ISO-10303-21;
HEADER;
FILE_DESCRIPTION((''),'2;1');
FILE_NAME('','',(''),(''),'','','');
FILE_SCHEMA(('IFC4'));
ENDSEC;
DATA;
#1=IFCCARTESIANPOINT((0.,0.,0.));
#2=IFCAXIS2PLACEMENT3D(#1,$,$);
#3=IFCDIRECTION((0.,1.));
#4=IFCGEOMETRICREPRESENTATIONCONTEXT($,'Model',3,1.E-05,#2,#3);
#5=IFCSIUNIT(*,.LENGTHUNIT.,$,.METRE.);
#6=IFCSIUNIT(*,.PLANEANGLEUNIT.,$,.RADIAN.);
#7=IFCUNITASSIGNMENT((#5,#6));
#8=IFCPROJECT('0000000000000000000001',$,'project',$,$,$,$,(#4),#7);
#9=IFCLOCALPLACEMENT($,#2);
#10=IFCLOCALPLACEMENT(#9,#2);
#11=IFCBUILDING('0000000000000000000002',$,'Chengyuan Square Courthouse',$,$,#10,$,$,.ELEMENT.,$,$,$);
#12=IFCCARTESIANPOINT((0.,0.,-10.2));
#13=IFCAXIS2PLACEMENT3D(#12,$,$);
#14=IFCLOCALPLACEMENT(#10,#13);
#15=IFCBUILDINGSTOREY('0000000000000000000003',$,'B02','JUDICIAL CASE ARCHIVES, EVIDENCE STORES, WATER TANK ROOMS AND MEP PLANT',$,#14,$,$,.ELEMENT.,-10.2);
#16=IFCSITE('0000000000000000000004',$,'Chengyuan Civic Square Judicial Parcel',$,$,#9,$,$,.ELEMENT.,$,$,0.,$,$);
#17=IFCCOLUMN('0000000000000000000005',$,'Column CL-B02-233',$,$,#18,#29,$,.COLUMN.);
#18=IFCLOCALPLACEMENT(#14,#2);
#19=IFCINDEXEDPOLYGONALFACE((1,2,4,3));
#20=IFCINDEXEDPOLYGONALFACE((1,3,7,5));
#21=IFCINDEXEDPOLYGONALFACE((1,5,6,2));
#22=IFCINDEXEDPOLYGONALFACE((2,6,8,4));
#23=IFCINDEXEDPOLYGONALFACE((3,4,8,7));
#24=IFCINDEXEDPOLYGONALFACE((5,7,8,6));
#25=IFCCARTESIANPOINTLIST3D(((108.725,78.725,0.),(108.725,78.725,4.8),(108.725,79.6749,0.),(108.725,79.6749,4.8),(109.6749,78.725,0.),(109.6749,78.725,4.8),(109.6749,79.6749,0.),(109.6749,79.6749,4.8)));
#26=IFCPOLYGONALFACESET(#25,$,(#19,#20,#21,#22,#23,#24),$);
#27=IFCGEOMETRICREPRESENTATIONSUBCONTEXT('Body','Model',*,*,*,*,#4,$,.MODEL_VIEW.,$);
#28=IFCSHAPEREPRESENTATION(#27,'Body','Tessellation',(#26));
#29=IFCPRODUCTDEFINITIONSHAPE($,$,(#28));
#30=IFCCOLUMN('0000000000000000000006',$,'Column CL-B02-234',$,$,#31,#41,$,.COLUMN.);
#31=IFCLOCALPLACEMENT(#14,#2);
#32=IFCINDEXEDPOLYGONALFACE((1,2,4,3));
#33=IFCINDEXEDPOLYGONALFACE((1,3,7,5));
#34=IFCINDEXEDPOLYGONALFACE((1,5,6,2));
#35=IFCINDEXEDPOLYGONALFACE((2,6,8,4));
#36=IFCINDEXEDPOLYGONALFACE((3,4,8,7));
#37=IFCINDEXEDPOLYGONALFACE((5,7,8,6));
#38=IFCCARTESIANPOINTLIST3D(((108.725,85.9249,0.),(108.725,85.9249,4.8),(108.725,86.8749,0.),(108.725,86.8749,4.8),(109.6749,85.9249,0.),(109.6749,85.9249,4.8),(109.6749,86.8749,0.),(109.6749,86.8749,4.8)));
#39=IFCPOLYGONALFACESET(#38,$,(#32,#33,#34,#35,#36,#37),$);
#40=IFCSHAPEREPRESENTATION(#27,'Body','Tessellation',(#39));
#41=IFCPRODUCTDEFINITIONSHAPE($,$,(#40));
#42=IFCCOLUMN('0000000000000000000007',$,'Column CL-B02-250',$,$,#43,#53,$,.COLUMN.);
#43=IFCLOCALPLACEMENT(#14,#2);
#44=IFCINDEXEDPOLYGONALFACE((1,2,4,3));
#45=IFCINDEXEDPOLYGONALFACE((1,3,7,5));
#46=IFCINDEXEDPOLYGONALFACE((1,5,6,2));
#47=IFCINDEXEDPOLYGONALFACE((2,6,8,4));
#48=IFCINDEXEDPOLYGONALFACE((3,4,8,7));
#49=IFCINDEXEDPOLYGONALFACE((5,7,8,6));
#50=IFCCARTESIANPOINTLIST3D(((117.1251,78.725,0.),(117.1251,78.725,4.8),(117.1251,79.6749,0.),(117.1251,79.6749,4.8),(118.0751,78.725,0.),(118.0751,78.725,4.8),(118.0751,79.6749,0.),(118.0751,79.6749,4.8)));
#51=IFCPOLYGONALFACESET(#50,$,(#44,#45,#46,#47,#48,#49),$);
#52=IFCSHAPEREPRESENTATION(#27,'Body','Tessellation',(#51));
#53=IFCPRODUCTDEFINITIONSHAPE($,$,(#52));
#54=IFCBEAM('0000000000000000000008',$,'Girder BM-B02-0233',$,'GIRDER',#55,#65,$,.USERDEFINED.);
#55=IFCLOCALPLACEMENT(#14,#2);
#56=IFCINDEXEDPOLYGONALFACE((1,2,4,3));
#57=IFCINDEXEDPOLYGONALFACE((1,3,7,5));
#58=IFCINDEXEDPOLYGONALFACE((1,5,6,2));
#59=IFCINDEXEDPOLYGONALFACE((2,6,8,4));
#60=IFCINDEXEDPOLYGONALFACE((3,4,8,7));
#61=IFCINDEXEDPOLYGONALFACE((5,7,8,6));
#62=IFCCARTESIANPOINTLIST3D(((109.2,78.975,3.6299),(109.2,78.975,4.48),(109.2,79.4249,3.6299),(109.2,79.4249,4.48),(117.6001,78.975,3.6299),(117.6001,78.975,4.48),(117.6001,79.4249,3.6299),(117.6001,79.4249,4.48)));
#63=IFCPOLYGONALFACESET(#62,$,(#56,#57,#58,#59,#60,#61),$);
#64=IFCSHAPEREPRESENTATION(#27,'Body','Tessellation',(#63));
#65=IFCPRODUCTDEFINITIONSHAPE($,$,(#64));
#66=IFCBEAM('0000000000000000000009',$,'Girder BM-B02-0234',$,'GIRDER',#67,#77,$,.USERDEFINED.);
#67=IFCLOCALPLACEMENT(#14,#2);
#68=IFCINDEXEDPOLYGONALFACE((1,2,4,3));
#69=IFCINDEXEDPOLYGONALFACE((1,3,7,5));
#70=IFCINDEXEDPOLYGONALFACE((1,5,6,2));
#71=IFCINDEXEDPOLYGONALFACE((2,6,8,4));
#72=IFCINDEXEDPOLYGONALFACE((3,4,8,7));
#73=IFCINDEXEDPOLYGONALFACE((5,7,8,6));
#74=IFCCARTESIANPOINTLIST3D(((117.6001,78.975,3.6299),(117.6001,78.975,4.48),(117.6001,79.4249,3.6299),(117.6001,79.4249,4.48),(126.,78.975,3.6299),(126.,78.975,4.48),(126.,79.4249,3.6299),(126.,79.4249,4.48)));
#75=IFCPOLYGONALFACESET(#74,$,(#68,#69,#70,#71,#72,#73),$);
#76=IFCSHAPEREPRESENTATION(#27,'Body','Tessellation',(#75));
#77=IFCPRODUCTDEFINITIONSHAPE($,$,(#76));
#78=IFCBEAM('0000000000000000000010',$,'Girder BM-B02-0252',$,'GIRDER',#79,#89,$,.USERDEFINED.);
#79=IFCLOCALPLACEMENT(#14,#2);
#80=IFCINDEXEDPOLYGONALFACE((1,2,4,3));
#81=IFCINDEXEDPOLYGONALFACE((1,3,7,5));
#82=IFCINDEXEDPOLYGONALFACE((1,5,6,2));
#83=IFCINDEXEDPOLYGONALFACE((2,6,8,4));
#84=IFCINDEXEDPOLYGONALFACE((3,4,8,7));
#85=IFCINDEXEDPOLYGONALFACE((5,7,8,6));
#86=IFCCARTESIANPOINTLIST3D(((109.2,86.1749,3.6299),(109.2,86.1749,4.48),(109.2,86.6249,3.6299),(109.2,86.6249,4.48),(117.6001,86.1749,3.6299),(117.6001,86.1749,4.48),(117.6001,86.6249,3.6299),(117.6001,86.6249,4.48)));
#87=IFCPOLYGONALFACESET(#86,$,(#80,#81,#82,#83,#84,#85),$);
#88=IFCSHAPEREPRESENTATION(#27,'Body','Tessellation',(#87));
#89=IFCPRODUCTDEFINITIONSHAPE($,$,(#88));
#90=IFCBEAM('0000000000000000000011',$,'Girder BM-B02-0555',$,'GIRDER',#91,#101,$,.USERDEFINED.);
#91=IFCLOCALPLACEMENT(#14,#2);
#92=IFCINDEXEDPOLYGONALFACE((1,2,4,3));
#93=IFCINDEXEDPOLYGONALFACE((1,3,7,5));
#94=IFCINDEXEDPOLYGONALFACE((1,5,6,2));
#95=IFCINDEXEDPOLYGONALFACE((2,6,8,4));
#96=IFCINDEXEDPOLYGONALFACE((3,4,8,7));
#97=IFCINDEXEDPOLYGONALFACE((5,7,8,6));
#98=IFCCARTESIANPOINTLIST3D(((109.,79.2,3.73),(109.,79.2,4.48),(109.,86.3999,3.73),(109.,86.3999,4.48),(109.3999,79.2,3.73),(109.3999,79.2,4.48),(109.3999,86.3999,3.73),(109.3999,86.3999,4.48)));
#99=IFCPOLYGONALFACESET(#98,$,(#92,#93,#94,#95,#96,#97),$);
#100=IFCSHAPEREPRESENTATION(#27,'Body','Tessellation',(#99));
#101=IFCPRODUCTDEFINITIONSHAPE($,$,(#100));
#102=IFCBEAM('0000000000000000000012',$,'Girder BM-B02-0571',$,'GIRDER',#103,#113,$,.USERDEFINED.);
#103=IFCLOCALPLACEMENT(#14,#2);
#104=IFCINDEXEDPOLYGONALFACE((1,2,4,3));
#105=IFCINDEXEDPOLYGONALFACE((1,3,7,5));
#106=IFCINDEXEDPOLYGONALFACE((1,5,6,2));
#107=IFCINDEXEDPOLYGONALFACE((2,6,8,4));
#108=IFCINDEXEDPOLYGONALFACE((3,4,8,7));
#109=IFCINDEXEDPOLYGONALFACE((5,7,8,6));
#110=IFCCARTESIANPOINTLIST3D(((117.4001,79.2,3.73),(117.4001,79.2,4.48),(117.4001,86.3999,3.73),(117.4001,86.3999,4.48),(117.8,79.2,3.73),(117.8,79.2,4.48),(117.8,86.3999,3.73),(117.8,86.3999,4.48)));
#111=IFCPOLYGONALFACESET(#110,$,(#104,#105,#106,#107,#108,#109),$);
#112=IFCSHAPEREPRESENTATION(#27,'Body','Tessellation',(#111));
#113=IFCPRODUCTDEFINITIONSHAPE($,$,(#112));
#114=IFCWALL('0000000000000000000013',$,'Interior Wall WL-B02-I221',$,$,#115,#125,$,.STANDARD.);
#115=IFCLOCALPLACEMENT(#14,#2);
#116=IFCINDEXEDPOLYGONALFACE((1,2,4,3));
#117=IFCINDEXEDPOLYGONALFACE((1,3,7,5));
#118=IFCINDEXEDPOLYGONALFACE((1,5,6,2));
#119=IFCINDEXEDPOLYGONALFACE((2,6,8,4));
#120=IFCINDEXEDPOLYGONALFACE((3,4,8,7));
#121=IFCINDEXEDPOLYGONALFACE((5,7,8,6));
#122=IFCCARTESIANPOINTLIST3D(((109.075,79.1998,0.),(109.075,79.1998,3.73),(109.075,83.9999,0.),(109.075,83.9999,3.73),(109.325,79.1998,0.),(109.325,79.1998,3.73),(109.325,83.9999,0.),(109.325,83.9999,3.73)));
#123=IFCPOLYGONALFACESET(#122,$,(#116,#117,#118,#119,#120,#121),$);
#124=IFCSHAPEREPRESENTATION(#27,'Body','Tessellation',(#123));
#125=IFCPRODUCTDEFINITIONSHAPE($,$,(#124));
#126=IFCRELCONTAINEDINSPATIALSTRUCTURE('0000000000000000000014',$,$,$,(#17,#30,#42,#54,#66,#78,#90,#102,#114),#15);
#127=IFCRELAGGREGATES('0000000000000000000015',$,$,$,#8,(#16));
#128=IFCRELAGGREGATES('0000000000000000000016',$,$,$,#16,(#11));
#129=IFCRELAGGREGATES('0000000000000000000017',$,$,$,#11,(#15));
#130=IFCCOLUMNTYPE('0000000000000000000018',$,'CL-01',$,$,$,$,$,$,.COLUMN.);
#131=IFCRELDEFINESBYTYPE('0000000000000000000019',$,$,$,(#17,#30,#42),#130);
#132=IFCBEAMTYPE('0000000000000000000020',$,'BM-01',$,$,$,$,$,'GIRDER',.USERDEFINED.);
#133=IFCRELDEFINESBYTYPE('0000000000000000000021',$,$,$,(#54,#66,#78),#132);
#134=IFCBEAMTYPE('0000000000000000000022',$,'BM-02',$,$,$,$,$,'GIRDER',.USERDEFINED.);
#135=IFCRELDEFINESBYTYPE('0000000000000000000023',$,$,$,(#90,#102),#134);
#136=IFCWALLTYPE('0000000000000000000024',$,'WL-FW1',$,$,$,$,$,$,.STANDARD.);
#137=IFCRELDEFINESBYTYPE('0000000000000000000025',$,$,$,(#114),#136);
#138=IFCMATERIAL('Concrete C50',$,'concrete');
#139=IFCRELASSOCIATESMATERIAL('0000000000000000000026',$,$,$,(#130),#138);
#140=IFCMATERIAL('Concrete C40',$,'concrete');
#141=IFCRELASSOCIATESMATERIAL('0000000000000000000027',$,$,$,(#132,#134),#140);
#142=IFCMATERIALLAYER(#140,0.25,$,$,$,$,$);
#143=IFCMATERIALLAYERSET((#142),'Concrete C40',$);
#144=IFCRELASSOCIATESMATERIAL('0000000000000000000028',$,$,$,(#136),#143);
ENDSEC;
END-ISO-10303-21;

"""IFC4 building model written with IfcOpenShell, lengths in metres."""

from ifc_helpers import new_model, si_unit, direction, frame, frame_2d, origin, origin_2d, place, context, subcontext, project, spatial, rectangle, extrude, material, layer, layer_set, material_profile, profile_set, type_object, element, save


model = new_model("IFC4")

# Units and contexts
model_context = context("Model", 3, precision=1e-05, world=origin(), true_north=direction((0.0, 1.0)))
body_context = subcontext(model_context, "Body", "Model", "MODEL_VIEW")
ifc_project = project(units=[si_unit("LENGTHUNIT", "METRE"), si_unit("PLANEANGLEUNIT", "RADIAN")], contexts=[model_context])

# Site, building, storey
site_placement = place(None, origin())
site = spatial("IfcSite", under=ifc_project, at=site_placement, Name="Chengyuan Civic Square Judicial Parcel", CompositionType="ELEMENT", RefElevation=0.0)
building_placement = place(site_placement, origin())
building = spatial("IfcBuilding", under=site, at=building_placement, Name="Chengyuan Square Courthouse", CompositionType="ELEMENT")
storey_placement = place(building_placement, frame((0.0, 0.0, -10.2)))
storey = spatial("IfcBuildingStorey", under=building, at=storey_placement, Name="B02", Description="JUDICIAL CASE ARCHIVES, EVIDENCE STORES, WATER TANK ROOMS AND MEP PLANT", CompositionType="ELEMENT", Elevation=-10.2)

# Shared definitions
ifc_material_1 = material(Name="Concrete C40", Category="concrete")

# Columns
ifc_material_2 = material(Name="Concrete C50", Category="concrete")
ifc_material_profile_1 = material_profile(ifc_material_2, rectangle(XDim=0.95, YDim=0.95, at=origin_2d()), Name="RC-COL-950x950")
ifc_profile_set_1 = profile_set([ifc_material_profile_1], Name="Concrete C50")
column_type = type_object("IfcColumnType", Name="CL-01", PredefinedType="COLUMN", material=ifc_profile_set_1)
for number, where, z_axis, x_axis, name in (
    (1, (109.2, 79.2, 0.0), (0.0, 0.0, 1.0), (1.0, 0.0, 0.0), "Column CL-B02-233"),
    (2, (109.2, 86.3999, 0.0), (0.0, 0.0, 1.0), (1.0, 0.0, 0.0), "Column CL-B02-234"),
    (3, (117.6001, 79.2, 0.0), (0.0, 0.0, 1.0), (1.0, 0.0, 0.0), "Column CL-B02-250"),
):
    element("IfcColumn", number, at=place(storey_placement, frame(where, z_axis=z_axis, x_axis=x_axis)), inside=storey, type_object=column_type, Name=name, PredefinedType="COLUMN", context=body_context, shape_type="SweptSolid", body=[
        extrude(rectangle(XDim=0.95, YDim=0.95, at=origin_2d()), origin(), (0.0, 0.0, 1.0), 4.8),
    ])

# Beams
ifc_material_profile_2 = material_profile(ifc_material_1, rectangle(XDim=0.45, YDim=0.8501, at=origin_2d()), Name="RC-BM-450x850")
ifc_profile_set_2 = profile_set([ifc_material_profile_2], Name="Concrete C40")
beam_type_1 = type_object("IfcBeamType", Name="BM-01", ElementType="GIRDER", PredefinedType="USERDEFINED", material=ifc_profile_set_2)
beam_1_placement = place(storey_placement, frame((109.2, 79.2, 4.0549), z_axis=(1.0, 0.0, 0.0), x_axis=(0.0, 1.0, 0.0)))
element("IfcBeam", 4, at=beam_1_placement, inside=storey, type_object=beam_type_1, Name="Girder BM-B02-0233", ObjectType="GIRDER", PredefinedType="USERDEFINED", context=body_context, shape_type="SweptSolid", body=[
    extrude(rectangle(XDim=0.45, YDim=0.8501, at=origin_2d()), origin(), (0.0, 0.0, 1.0), 8.4001),
])
beam_2_placement = place(storey_placement, frame((117.6001, 79.2, 4.0549), z_axis=(1.0, 0.0, 0.0), x_axis=(0.0, 1.0, 0.0)))
element("IfcBeam", 5, at=beam_2_placement, inside=storey, type_object=beam_type_1, Name="Girder BM-B02-0234", ObjectType="GIRDER", PredefinedType="USERDEFINED", context=body_context, shape_type="SweptSolid", body=[
    extrude(rectangle(XDim=0.45, YDim=0.8501, at=origin_2d()), origin(), (0.0, 0.0, 1.0), 8.3999),
])
beam_3_placement = place(storey_placement, frame((109.2, 86.3999, 4.0549), z_axis=(1.0, 0.0, 0.0), x_axis=(0.0, 1.0, 0.0)))
element("IfcBeam", 6, at=beam_3_placement, inside=storey, type_object=beam_type_1, Name="Girder BM-B02-0252", ObjectType="GIRDER", PredefinedType="USERDEFINED", context=body_context, shape_type="SweptSolid", body=[
    extrude(rectangle(XDim=0.45, YDim=0.8501, at=origin_2d()), origin(), (0.0, 0.0, 1.0), 8.4001),
])
ifc_material_profile_3 = material_profile(ifc_material_1, rectangle(XDim=0.3999, YDim=0.75, at=origin_2d()), Name="RC-BM-400x750")
ifc_profile_set_3 = profile_set([ifc_material_profile_3], Name="Concrete C40")
beam_type_2 = type_object("IfcBeamType", Name="BM-02", ElementType="GIRDER", PredefinedType="USERDEFINED", material=ifc_profile_set_3)
for number, where, z_axis, x_axis, name in (
    (7, (109.2, 79.2, 4.105), (0.0, 1.0, 0.0), (-1.0, 0.0, 0.0), "Girder BM-B02-0555"),
    (8, (117.6001, 79.2, 4.105), (0.0, 1.0, 0.0), (-1.0, 0.0, 0.0), "Girder BM-B02-0571"),
):
    element("IfcBeam", number, at=place(storey_placement, frame(where, z_axis=z_axis, x_axis=x_axis)), inside=storey, type_object=beam_type_2, Name=name, ObjectType="GIRDER", PredefinedType="USERDEFINED", context=body_context, shape_type="SweptSolid", body=[
        extrude(rectangle(XDim=0.3999, YDim=0.75, at=origin_2d()), origin(), (0.0, 0.0, 1.0), 7.2),
    ])

# Wall
ifc_layer = layer(ifc_material_1, 0.25)
ifc_layer_set = layer_set([ifc_layer], Name="Concrete C40")
wall_type = type_object("IfcWallType", Name="WL-FW1", PredefinedType="STANDARD", material=ifc_layer_set)
wall_placement = place(storey_placement, frame((109.2, 79.2, 0.0), z_axis=(0.0, 0.0, 1.0), x_axis=(0.0, 1.0, 0.0)))
element("IfcWall", 9, at=wall_placement, inside=storey, type_object=wall_type, Name="Interior Wall WL-B02-I221", PredefinedType="STANDARD", context=body_context, shape_type="SweptSolid", body=[
    extrude(rectangle(XDim=4.8, YDim=0.25, at=frame_2d((2.3999, 0.0))), origin(), (0.0, 0.0, 1.0), 3.73),
])

save(model, "model.ifc")
